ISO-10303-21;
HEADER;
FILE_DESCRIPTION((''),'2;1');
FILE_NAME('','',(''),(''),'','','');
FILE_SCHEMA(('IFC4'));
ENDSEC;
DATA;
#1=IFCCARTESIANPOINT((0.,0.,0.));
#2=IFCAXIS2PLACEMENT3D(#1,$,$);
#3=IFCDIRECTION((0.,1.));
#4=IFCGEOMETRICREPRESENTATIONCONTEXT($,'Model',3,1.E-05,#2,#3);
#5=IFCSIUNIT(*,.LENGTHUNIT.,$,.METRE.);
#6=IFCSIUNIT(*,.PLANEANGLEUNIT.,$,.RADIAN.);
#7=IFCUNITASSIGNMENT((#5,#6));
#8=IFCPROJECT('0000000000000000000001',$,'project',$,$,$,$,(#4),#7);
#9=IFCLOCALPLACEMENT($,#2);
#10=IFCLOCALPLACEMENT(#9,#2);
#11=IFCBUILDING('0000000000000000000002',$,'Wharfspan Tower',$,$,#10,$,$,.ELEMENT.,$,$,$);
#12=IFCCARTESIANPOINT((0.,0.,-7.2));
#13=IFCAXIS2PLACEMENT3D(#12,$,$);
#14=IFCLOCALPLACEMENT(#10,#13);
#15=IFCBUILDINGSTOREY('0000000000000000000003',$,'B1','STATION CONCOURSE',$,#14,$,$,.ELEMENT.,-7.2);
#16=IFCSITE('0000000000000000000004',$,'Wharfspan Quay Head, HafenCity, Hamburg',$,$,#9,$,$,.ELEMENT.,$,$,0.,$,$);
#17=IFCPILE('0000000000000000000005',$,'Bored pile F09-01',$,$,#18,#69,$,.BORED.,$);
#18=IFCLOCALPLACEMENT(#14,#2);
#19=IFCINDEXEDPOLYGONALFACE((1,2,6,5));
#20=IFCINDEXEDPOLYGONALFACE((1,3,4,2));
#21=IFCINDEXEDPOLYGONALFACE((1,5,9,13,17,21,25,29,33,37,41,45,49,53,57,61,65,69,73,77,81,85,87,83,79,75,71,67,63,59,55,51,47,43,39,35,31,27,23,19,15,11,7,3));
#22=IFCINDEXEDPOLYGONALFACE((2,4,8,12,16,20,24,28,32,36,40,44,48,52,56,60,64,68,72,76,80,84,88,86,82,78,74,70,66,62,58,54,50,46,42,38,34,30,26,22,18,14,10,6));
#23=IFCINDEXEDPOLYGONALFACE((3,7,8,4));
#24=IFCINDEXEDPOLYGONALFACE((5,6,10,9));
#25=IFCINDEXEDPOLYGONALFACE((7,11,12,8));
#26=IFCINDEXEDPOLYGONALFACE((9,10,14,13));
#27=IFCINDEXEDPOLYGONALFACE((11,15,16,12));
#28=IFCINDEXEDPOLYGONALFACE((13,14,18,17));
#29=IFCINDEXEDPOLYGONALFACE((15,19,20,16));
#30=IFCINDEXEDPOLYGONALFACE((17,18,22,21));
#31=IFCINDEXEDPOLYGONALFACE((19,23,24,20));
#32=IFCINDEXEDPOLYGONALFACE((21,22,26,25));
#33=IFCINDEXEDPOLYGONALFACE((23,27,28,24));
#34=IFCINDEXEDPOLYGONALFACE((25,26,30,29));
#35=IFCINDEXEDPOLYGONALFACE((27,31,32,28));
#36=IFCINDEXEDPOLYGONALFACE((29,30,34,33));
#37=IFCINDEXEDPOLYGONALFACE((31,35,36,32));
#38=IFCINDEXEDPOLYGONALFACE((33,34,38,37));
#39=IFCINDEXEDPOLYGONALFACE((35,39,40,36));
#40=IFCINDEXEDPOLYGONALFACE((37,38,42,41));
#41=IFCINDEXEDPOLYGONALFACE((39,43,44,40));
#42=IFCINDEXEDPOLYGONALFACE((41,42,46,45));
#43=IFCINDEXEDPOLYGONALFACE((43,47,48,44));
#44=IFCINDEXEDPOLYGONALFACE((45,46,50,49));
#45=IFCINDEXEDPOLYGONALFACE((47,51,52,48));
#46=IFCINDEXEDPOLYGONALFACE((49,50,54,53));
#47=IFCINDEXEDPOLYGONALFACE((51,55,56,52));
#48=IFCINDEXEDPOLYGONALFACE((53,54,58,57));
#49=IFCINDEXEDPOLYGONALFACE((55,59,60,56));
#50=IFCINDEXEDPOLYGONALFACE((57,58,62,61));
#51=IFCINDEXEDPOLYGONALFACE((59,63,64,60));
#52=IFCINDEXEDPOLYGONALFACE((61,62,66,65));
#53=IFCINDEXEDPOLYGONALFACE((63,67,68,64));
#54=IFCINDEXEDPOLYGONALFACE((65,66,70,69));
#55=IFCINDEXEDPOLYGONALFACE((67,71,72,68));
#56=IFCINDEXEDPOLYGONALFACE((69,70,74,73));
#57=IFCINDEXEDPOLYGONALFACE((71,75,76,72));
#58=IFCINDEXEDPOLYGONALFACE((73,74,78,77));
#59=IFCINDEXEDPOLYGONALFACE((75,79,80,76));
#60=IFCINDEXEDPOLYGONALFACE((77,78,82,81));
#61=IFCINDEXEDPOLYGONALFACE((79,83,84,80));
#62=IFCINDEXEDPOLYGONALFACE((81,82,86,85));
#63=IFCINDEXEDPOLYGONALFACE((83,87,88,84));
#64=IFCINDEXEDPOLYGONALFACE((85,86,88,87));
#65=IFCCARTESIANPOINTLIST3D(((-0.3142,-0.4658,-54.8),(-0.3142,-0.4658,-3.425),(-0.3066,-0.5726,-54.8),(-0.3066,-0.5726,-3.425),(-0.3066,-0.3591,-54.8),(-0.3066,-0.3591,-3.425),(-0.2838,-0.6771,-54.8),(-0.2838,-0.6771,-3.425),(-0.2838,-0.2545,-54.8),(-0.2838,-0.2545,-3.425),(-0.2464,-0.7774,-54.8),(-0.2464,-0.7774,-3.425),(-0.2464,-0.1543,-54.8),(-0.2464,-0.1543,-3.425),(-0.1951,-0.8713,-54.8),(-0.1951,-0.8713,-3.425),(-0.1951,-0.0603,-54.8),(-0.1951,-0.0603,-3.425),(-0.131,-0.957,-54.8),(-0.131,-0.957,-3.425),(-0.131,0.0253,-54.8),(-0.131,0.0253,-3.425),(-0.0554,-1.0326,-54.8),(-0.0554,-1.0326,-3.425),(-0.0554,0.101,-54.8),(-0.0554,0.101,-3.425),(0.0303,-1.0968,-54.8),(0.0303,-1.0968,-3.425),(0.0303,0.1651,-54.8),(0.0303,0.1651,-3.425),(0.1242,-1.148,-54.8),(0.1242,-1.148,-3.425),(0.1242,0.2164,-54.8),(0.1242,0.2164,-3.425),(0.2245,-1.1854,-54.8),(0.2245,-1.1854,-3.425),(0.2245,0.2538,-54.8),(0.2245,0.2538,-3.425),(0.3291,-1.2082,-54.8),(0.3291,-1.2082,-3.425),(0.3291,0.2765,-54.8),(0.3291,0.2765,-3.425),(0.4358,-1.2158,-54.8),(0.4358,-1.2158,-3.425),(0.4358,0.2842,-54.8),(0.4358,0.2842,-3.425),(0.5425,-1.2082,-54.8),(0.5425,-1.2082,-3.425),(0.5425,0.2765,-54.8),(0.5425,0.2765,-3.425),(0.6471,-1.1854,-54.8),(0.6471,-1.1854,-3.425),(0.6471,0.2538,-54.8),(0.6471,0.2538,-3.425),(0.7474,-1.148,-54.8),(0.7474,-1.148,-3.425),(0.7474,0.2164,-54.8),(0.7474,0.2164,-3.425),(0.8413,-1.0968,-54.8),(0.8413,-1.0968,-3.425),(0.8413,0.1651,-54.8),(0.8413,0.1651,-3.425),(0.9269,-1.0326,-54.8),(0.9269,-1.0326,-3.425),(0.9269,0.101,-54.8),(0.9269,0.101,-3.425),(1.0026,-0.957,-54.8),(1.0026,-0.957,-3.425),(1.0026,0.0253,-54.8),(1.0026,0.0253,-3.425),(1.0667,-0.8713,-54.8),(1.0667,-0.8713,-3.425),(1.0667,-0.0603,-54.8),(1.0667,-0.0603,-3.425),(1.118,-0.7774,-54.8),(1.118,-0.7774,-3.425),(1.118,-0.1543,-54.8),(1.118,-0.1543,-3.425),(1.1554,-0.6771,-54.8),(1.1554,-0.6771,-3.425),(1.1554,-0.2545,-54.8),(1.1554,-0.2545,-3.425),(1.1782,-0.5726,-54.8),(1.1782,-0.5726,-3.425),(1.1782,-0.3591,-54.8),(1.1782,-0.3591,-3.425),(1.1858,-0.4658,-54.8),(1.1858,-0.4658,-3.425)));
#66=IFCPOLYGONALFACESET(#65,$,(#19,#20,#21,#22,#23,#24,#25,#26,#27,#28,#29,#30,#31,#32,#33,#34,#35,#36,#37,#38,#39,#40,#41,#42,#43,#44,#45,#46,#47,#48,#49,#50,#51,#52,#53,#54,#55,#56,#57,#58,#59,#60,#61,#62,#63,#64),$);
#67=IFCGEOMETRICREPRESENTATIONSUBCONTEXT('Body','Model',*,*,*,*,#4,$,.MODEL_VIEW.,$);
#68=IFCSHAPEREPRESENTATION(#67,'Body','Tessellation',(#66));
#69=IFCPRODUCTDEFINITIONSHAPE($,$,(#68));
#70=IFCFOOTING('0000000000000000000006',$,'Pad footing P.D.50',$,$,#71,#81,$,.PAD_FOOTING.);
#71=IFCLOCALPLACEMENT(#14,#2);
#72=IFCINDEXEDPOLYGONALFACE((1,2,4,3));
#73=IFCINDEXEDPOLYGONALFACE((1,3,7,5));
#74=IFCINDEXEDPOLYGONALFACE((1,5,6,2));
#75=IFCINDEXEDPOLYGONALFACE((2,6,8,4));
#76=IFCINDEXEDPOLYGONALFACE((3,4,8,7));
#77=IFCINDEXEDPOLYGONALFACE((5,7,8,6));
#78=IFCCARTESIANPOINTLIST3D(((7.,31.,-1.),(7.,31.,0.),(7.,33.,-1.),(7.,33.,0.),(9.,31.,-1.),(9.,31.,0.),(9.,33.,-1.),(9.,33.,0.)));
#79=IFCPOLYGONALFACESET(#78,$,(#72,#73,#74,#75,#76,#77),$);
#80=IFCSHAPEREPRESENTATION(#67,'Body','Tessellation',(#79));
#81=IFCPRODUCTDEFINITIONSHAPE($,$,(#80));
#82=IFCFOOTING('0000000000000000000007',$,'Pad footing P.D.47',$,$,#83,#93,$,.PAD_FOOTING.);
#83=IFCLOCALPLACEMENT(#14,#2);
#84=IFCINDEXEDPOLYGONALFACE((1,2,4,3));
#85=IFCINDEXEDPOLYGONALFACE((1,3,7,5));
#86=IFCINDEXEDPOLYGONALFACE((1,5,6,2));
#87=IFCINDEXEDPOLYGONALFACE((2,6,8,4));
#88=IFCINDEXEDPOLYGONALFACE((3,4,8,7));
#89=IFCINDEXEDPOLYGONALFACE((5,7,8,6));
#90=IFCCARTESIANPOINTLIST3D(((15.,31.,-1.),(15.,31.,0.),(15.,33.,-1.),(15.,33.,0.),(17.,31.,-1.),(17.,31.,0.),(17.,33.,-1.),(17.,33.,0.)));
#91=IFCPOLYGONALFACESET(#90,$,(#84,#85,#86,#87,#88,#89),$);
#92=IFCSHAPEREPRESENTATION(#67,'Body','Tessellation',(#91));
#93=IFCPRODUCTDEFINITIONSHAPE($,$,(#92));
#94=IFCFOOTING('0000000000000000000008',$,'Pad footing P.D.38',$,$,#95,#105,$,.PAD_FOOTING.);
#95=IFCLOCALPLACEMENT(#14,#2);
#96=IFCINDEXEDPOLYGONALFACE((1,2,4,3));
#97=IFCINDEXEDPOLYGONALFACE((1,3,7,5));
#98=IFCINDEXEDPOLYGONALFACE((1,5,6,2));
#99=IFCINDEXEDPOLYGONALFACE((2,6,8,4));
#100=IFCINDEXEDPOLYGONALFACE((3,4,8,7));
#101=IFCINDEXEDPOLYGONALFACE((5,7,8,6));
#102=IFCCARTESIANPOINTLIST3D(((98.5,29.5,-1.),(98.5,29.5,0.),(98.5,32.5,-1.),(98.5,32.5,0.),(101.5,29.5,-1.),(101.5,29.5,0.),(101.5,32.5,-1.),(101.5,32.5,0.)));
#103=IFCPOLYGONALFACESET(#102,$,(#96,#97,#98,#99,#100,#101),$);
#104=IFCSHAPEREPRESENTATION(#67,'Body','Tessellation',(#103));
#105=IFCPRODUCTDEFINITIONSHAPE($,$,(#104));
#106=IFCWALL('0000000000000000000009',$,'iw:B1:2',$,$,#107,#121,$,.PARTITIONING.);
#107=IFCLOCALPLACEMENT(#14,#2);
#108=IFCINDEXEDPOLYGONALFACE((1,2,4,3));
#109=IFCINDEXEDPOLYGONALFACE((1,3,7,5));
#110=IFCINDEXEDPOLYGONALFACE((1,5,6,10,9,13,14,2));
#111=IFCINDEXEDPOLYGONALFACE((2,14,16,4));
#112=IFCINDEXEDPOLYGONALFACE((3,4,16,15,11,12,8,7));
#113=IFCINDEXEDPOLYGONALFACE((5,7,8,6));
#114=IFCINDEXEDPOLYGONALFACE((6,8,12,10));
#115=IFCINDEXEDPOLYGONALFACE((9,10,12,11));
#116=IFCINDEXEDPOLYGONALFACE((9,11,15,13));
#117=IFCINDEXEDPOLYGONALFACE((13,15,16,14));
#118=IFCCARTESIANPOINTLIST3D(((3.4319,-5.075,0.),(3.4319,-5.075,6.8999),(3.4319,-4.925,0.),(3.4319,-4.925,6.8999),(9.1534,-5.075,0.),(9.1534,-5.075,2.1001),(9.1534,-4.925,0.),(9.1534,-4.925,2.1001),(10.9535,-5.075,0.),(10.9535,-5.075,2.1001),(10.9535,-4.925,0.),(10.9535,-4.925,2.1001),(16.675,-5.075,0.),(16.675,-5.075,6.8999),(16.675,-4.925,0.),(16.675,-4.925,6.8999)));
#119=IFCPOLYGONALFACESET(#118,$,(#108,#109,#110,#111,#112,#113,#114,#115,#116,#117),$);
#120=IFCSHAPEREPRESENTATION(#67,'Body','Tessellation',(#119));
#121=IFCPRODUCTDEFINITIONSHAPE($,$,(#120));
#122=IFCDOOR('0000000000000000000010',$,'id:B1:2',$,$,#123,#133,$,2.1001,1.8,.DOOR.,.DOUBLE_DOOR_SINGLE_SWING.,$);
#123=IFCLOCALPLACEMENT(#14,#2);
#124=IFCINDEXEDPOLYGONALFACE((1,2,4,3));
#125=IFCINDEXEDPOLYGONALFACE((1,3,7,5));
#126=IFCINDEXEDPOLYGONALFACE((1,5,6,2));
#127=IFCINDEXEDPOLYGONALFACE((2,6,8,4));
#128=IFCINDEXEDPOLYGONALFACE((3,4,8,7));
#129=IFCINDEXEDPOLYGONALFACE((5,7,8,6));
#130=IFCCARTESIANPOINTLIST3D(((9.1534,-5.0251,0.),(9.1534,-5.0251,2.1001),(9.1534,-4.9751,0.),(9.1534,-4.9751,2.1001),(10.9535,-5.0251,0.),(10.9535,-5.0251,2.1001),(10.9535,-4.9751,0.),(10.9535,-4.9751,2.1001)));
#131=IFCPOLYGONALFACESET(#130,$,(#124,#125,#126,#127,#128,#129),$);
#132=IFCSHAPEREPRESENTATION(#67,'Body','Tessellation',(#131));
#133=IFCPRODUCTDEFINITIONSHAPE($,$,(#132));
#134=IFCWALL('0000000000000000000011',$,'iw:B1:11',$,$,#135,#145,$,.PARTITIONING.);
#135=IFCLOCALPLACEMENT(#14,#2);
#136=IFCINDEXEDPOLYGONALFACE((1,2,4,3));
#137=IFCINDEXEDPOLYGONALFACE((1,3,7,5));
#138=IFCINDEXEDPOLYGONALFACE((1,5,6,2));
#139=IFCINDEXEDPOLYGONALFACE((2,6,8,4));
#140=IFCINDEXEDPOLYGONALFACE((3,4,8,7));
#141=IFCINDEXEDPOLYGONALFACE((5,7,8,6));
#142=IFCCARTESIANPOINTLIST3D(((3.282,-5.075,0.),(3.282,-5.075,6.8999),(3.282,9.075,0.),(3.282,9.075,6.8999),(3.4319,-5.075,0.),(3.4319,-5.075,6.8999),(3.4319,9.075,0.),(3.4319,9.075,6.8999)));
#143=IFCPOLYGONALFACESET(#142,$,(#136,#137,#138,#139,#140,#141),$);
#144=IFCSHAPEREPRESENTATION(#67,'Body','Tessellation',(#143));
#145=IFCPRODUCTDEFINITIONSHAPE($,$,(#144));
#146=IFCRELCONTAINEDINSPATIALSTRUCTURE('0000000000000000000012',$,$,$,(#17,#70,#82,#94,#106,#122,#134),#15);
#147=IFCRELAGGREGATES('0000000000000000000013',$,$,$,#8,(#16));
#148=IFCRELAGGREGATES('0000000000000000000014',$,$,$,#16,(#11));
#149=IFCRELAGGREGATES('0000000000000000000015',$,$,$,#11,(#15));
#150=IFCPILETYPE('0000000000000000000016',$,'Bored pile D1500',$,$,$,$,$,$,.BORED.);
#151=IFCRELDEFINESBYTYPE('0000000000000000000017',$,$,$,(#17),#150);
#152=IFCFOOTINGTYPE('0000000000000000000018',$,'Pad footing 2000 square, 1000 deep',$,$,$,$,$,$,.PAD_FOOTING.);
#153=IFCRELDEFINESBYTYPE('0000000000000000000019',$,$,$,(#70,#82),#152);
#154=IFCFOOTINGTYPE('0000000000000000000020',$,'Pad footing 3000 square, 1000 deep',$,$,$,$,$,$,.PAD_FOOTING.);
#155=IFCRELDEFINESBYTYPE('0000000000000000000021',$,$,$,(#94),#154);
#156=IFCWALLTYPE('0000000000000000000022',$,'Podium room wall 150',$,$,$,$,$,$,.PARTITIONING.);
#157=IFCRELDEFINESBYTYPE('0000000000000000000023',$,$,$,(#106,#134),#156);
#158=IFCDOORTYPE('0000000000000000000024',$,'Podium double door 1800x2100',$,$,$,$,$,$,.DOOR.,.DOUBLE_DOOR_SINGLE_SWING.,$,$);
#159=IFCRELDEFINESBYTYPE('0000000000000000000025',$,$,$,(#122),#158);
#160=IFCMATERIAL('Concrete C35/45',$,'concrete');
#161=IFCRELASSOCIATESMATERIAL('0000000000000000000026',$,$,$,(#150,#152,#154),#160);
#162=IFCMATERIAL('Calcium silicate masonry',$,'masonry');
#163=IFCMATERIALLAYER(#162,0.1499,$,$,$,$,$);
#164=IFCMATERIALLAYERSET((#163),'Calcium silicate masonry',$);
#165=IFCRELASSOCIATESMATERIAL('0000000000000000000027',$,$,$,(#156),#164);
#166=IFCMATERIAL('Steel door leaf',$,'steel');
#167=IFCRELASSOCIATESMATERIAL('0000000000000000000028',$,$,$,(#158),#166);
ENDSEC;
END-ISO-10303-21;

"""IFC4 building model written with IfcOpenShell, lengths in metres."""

from ifc_helpers import new_model, si_unit, direction, frame, frame_2d, origin, origin_2d, place, context, subcontext, project, spatial, polyline, rectangle, circle, outline, extrude, material, layer, layer_set, material_profile, profile_set, type_object, element, fill, save


model = new_model("IFC4")

# Units and contexts
model_context = context("Model", 3, precision=1e-05, world=origin(), true_north=direction((0.0, 1.0)))
body_context = subcontext(model_context, "Body", "Model", "MODEL_VIEW")
ifc_project = project(units=[si_unit("LENGTHUNIT", "METRE"), si_unit("PLANEANGLEUNIT", "RADIAN")], contexts=[model_context])

# Site, building, storey
site_placement = place(None, origin())
site = spatial("IfcSite", under=ifc_project, at=site_placement, Name="Wharfspan Quay Head, HafenCity, Hamburg", CompositionType="ELEMENT", RefElevation=0.0)
building_placement = place(site_placement, origin())
building = spatial("IfcBuilding", under=site, at=building_placement, Name="Wharfspan Tower", CompositionType="ELEMENT")
storey_placement = place(building_placement, frame((0.0, 0.0, -7.2)))
storey = spatial("IfcBuildingStorey", under=building, at=storey_placement, Name="B1", Description="STATION CONCOURSE", CompositionType="ELEMENT", Elevation=-7.2)

# Pile
ifc_material_1 = material(Name="Concrete C35/45", Category="concrete")
ifc_material_profile = material_profile(ifc_material_1, circle(Radius=0.75, at=origin_2d()))
ifc_profile_set = profile_set([ifc_material_profile], Name="Concrete C35/45")
pile_type = type_object("IfcPileType", Name="Bored pile D1500", PredefinedType="BORED", material=ifc_profile_set)
pile_placement = place(storey_placement, frame((0.4358, -0.4658, -3.425), z_axis=(0.0, 0.0, -1.0), x_axis=(1.0, 0.0, 0.0)))
element("IfcPile", 1, at=pile_placement, inside=storey, type_object=pile_type, Name="Bored pile F09-01", PredefinedType="BORED", context=body_context, shape_type="SweptSolid", body=[
    extrude(circle(Radius=0.75, at=origin_2d()), origin(), (0.0, 0.0, 1.0), 51.375),
])

# Footings
footing_type_1 = type_object("IfcFootingType", Name="Pad footing 2000 square, 1000 deep", PredefinedType="PAD_FOOTING", material=ifc_material_1)
footing_1_placement = place(storey_placement, frame((0.0, 0.0, -1.0)))
element("IfcFooting", 2, at=footing_1_placement, inside=storey, type_object=footing_type_1, Name="Pad footing P.D.50", PredefinedType="PAD_FOOTING", context=body_context, shape_type="SweptSolid", body=[
    extrude(outline(polyline([(7.0, 31.0), (9.0, 31.0), (9.0, 33.0), (7.0, 33.0), (7.0, 31.0)])), origin(), (0.0, 0.0, 1.0), 1.0),
])
footing_2_placement = place(storey_placement, frame((0.0, 0.0, -1.0)))
element("IfcFooting", 3, at=footing_2_placement, inside=storey, type_object=footing_type_1, Name="Pad footing P.D.47", PredefinedType="PAD_FOOTING", context=body_context, shape_type="SweptSolid", body=[
    extrude(outline(polyline([(15.0, 31.0), (17.0, 31.0), (17.0, 33.0), (15.0, 33.0), (15.0, 31.0)])), origin(), (0.0, 0.0, 1.0), 1.0),
])
footing_type_2 = type_object("IfcFootingType", Name="Pad footing 3000 square, 1000 deep", PredefinedType="PAD_FOOTING", material=ifc_material_1)
footing_3_placement = place(storey_placement, frame((0.0, 0.0, -1.0)))
element("IfcFooting", 4, at=footing_3_placement, inside=storey, type_object=footing_type_2, Name="Pad footing P.D.38", PredefinedType="PAD_FOOTING", context=body_context, shape_type="SweptSolid", body=[
    extrude(outline(polyline([(98.5, 29.5), (101.5, 29.5), (101.5, 32.5), (98.5, 32.5), (98.5, 29.5)])), origin(), (0.0, 0.0, 1.0), 1.0),
])

# Wall, opening, door
ifc_material_2 = material(Name="Calcium silicate masonry", Category="masonry")
ifc_layer = layer(ifc_material_2, 0.1499)
ifc_layer_set = layer_set([ifc_layer], Name="Calcium silicate masonry")
wall_type = type_object("IfcWallType", Name="Podium room wall 150", PredefinedType="PARTITIONING", material=ifc_layer_set)
wall_1_placement = place(storey_placement, frame((3.4319, -5.0, 0.0), z_axis=(0.0, 0.0, 1.0), x_axis=(1.0, 0.0, 0.0)))
wall_1 = element("IfcWall", 5, at=wall_1_placement, inside=storey, type_object=wall_type, Name="iw:B1:2", PredefinedType="PARTITIONING", context=body_context, shape_type="SweptSolid", body=[
    extrude(rectangle(XDim=13.2432, YDim=0.1499, at=frame_2d((6.6216, 0.0))), origin(), (0.0, 0.0, 1.0), 6.8999),
])
opening_placement = place(wall_1_placement, frame((5.7217, 0.0, 0.0)))
opening = element("IfcOpeningElement", 6, at=opening_placement, cuts=wall_1, PredefinedType="OPENING", context=body_context, shape_type="SweptSolid", body=[
    extrude(rectangle(XDim=1.8, YDim=2.1001, at=frame_2d((0.8999, 1.05))), frame((0.0, 0.085, 0.0), z_axis=(0.0, -1.0, 0.0), x_axis=(1.0, 0.0, 0.0)), (0.0, 0.0, 1.0), 0.1699),
])
ifc_material_3 = material(Name="Steel door leaf", Category="steel")
door_type = type_object("IfcDoorType", Name="Podium double door 1800x2100", OperationType="DOUBLE_DOOR_SINGLE_SWING", PredefinedType="DOOR", material=ifc_material_3)
door_placement = place(opening_placement, origin())
door = element("IfcDoor", 7, at=door_placement, inside=storey, type_object=door_type, Name="id:B1:2", OperationType="DOUBLE_DOOR_SINGLE_SWING", OverallHeight=2.1001, OverallWidth=1.8, PredefinedType="DOOR", context=body_context, shape_type="SweptSolid", body=[
    extrude(rectangle(XDim=1.8, YDim=2.1001, at=frame_2d((0.8999, 1.05))), frame((0.0, 0.0249, 0.0), z_axis=(0.0, -1.0, 0.0), x_axis=(1.0, 0.0, 0.0)), (0.0, 0.0, 1.0), 0.05),
])
fill(opening, door)

# Wall
wall_2_placement = place(storey_placement, frame((3.3569, -5.075, 0.0), z_axis=(0.0, 0.0, 1.0), x_axis=(0.0, 1.0, 0.0)))
element("IfcWall", 8, at=wall_2_placement, inside=storey, type_object=wall_type, Name="iw:B1:11", PredefinedType="PARTITIONING", context=body_context, shape_type="SweptSolid", body=[
    extrude(rectangle(XDim=14.1499, YDim=0.1499, at=frame_2d((7.075, 0.0))), origin(), (0.0, 0.0, 1.0), 6.8999),
])

save(model, "model.ifc")
